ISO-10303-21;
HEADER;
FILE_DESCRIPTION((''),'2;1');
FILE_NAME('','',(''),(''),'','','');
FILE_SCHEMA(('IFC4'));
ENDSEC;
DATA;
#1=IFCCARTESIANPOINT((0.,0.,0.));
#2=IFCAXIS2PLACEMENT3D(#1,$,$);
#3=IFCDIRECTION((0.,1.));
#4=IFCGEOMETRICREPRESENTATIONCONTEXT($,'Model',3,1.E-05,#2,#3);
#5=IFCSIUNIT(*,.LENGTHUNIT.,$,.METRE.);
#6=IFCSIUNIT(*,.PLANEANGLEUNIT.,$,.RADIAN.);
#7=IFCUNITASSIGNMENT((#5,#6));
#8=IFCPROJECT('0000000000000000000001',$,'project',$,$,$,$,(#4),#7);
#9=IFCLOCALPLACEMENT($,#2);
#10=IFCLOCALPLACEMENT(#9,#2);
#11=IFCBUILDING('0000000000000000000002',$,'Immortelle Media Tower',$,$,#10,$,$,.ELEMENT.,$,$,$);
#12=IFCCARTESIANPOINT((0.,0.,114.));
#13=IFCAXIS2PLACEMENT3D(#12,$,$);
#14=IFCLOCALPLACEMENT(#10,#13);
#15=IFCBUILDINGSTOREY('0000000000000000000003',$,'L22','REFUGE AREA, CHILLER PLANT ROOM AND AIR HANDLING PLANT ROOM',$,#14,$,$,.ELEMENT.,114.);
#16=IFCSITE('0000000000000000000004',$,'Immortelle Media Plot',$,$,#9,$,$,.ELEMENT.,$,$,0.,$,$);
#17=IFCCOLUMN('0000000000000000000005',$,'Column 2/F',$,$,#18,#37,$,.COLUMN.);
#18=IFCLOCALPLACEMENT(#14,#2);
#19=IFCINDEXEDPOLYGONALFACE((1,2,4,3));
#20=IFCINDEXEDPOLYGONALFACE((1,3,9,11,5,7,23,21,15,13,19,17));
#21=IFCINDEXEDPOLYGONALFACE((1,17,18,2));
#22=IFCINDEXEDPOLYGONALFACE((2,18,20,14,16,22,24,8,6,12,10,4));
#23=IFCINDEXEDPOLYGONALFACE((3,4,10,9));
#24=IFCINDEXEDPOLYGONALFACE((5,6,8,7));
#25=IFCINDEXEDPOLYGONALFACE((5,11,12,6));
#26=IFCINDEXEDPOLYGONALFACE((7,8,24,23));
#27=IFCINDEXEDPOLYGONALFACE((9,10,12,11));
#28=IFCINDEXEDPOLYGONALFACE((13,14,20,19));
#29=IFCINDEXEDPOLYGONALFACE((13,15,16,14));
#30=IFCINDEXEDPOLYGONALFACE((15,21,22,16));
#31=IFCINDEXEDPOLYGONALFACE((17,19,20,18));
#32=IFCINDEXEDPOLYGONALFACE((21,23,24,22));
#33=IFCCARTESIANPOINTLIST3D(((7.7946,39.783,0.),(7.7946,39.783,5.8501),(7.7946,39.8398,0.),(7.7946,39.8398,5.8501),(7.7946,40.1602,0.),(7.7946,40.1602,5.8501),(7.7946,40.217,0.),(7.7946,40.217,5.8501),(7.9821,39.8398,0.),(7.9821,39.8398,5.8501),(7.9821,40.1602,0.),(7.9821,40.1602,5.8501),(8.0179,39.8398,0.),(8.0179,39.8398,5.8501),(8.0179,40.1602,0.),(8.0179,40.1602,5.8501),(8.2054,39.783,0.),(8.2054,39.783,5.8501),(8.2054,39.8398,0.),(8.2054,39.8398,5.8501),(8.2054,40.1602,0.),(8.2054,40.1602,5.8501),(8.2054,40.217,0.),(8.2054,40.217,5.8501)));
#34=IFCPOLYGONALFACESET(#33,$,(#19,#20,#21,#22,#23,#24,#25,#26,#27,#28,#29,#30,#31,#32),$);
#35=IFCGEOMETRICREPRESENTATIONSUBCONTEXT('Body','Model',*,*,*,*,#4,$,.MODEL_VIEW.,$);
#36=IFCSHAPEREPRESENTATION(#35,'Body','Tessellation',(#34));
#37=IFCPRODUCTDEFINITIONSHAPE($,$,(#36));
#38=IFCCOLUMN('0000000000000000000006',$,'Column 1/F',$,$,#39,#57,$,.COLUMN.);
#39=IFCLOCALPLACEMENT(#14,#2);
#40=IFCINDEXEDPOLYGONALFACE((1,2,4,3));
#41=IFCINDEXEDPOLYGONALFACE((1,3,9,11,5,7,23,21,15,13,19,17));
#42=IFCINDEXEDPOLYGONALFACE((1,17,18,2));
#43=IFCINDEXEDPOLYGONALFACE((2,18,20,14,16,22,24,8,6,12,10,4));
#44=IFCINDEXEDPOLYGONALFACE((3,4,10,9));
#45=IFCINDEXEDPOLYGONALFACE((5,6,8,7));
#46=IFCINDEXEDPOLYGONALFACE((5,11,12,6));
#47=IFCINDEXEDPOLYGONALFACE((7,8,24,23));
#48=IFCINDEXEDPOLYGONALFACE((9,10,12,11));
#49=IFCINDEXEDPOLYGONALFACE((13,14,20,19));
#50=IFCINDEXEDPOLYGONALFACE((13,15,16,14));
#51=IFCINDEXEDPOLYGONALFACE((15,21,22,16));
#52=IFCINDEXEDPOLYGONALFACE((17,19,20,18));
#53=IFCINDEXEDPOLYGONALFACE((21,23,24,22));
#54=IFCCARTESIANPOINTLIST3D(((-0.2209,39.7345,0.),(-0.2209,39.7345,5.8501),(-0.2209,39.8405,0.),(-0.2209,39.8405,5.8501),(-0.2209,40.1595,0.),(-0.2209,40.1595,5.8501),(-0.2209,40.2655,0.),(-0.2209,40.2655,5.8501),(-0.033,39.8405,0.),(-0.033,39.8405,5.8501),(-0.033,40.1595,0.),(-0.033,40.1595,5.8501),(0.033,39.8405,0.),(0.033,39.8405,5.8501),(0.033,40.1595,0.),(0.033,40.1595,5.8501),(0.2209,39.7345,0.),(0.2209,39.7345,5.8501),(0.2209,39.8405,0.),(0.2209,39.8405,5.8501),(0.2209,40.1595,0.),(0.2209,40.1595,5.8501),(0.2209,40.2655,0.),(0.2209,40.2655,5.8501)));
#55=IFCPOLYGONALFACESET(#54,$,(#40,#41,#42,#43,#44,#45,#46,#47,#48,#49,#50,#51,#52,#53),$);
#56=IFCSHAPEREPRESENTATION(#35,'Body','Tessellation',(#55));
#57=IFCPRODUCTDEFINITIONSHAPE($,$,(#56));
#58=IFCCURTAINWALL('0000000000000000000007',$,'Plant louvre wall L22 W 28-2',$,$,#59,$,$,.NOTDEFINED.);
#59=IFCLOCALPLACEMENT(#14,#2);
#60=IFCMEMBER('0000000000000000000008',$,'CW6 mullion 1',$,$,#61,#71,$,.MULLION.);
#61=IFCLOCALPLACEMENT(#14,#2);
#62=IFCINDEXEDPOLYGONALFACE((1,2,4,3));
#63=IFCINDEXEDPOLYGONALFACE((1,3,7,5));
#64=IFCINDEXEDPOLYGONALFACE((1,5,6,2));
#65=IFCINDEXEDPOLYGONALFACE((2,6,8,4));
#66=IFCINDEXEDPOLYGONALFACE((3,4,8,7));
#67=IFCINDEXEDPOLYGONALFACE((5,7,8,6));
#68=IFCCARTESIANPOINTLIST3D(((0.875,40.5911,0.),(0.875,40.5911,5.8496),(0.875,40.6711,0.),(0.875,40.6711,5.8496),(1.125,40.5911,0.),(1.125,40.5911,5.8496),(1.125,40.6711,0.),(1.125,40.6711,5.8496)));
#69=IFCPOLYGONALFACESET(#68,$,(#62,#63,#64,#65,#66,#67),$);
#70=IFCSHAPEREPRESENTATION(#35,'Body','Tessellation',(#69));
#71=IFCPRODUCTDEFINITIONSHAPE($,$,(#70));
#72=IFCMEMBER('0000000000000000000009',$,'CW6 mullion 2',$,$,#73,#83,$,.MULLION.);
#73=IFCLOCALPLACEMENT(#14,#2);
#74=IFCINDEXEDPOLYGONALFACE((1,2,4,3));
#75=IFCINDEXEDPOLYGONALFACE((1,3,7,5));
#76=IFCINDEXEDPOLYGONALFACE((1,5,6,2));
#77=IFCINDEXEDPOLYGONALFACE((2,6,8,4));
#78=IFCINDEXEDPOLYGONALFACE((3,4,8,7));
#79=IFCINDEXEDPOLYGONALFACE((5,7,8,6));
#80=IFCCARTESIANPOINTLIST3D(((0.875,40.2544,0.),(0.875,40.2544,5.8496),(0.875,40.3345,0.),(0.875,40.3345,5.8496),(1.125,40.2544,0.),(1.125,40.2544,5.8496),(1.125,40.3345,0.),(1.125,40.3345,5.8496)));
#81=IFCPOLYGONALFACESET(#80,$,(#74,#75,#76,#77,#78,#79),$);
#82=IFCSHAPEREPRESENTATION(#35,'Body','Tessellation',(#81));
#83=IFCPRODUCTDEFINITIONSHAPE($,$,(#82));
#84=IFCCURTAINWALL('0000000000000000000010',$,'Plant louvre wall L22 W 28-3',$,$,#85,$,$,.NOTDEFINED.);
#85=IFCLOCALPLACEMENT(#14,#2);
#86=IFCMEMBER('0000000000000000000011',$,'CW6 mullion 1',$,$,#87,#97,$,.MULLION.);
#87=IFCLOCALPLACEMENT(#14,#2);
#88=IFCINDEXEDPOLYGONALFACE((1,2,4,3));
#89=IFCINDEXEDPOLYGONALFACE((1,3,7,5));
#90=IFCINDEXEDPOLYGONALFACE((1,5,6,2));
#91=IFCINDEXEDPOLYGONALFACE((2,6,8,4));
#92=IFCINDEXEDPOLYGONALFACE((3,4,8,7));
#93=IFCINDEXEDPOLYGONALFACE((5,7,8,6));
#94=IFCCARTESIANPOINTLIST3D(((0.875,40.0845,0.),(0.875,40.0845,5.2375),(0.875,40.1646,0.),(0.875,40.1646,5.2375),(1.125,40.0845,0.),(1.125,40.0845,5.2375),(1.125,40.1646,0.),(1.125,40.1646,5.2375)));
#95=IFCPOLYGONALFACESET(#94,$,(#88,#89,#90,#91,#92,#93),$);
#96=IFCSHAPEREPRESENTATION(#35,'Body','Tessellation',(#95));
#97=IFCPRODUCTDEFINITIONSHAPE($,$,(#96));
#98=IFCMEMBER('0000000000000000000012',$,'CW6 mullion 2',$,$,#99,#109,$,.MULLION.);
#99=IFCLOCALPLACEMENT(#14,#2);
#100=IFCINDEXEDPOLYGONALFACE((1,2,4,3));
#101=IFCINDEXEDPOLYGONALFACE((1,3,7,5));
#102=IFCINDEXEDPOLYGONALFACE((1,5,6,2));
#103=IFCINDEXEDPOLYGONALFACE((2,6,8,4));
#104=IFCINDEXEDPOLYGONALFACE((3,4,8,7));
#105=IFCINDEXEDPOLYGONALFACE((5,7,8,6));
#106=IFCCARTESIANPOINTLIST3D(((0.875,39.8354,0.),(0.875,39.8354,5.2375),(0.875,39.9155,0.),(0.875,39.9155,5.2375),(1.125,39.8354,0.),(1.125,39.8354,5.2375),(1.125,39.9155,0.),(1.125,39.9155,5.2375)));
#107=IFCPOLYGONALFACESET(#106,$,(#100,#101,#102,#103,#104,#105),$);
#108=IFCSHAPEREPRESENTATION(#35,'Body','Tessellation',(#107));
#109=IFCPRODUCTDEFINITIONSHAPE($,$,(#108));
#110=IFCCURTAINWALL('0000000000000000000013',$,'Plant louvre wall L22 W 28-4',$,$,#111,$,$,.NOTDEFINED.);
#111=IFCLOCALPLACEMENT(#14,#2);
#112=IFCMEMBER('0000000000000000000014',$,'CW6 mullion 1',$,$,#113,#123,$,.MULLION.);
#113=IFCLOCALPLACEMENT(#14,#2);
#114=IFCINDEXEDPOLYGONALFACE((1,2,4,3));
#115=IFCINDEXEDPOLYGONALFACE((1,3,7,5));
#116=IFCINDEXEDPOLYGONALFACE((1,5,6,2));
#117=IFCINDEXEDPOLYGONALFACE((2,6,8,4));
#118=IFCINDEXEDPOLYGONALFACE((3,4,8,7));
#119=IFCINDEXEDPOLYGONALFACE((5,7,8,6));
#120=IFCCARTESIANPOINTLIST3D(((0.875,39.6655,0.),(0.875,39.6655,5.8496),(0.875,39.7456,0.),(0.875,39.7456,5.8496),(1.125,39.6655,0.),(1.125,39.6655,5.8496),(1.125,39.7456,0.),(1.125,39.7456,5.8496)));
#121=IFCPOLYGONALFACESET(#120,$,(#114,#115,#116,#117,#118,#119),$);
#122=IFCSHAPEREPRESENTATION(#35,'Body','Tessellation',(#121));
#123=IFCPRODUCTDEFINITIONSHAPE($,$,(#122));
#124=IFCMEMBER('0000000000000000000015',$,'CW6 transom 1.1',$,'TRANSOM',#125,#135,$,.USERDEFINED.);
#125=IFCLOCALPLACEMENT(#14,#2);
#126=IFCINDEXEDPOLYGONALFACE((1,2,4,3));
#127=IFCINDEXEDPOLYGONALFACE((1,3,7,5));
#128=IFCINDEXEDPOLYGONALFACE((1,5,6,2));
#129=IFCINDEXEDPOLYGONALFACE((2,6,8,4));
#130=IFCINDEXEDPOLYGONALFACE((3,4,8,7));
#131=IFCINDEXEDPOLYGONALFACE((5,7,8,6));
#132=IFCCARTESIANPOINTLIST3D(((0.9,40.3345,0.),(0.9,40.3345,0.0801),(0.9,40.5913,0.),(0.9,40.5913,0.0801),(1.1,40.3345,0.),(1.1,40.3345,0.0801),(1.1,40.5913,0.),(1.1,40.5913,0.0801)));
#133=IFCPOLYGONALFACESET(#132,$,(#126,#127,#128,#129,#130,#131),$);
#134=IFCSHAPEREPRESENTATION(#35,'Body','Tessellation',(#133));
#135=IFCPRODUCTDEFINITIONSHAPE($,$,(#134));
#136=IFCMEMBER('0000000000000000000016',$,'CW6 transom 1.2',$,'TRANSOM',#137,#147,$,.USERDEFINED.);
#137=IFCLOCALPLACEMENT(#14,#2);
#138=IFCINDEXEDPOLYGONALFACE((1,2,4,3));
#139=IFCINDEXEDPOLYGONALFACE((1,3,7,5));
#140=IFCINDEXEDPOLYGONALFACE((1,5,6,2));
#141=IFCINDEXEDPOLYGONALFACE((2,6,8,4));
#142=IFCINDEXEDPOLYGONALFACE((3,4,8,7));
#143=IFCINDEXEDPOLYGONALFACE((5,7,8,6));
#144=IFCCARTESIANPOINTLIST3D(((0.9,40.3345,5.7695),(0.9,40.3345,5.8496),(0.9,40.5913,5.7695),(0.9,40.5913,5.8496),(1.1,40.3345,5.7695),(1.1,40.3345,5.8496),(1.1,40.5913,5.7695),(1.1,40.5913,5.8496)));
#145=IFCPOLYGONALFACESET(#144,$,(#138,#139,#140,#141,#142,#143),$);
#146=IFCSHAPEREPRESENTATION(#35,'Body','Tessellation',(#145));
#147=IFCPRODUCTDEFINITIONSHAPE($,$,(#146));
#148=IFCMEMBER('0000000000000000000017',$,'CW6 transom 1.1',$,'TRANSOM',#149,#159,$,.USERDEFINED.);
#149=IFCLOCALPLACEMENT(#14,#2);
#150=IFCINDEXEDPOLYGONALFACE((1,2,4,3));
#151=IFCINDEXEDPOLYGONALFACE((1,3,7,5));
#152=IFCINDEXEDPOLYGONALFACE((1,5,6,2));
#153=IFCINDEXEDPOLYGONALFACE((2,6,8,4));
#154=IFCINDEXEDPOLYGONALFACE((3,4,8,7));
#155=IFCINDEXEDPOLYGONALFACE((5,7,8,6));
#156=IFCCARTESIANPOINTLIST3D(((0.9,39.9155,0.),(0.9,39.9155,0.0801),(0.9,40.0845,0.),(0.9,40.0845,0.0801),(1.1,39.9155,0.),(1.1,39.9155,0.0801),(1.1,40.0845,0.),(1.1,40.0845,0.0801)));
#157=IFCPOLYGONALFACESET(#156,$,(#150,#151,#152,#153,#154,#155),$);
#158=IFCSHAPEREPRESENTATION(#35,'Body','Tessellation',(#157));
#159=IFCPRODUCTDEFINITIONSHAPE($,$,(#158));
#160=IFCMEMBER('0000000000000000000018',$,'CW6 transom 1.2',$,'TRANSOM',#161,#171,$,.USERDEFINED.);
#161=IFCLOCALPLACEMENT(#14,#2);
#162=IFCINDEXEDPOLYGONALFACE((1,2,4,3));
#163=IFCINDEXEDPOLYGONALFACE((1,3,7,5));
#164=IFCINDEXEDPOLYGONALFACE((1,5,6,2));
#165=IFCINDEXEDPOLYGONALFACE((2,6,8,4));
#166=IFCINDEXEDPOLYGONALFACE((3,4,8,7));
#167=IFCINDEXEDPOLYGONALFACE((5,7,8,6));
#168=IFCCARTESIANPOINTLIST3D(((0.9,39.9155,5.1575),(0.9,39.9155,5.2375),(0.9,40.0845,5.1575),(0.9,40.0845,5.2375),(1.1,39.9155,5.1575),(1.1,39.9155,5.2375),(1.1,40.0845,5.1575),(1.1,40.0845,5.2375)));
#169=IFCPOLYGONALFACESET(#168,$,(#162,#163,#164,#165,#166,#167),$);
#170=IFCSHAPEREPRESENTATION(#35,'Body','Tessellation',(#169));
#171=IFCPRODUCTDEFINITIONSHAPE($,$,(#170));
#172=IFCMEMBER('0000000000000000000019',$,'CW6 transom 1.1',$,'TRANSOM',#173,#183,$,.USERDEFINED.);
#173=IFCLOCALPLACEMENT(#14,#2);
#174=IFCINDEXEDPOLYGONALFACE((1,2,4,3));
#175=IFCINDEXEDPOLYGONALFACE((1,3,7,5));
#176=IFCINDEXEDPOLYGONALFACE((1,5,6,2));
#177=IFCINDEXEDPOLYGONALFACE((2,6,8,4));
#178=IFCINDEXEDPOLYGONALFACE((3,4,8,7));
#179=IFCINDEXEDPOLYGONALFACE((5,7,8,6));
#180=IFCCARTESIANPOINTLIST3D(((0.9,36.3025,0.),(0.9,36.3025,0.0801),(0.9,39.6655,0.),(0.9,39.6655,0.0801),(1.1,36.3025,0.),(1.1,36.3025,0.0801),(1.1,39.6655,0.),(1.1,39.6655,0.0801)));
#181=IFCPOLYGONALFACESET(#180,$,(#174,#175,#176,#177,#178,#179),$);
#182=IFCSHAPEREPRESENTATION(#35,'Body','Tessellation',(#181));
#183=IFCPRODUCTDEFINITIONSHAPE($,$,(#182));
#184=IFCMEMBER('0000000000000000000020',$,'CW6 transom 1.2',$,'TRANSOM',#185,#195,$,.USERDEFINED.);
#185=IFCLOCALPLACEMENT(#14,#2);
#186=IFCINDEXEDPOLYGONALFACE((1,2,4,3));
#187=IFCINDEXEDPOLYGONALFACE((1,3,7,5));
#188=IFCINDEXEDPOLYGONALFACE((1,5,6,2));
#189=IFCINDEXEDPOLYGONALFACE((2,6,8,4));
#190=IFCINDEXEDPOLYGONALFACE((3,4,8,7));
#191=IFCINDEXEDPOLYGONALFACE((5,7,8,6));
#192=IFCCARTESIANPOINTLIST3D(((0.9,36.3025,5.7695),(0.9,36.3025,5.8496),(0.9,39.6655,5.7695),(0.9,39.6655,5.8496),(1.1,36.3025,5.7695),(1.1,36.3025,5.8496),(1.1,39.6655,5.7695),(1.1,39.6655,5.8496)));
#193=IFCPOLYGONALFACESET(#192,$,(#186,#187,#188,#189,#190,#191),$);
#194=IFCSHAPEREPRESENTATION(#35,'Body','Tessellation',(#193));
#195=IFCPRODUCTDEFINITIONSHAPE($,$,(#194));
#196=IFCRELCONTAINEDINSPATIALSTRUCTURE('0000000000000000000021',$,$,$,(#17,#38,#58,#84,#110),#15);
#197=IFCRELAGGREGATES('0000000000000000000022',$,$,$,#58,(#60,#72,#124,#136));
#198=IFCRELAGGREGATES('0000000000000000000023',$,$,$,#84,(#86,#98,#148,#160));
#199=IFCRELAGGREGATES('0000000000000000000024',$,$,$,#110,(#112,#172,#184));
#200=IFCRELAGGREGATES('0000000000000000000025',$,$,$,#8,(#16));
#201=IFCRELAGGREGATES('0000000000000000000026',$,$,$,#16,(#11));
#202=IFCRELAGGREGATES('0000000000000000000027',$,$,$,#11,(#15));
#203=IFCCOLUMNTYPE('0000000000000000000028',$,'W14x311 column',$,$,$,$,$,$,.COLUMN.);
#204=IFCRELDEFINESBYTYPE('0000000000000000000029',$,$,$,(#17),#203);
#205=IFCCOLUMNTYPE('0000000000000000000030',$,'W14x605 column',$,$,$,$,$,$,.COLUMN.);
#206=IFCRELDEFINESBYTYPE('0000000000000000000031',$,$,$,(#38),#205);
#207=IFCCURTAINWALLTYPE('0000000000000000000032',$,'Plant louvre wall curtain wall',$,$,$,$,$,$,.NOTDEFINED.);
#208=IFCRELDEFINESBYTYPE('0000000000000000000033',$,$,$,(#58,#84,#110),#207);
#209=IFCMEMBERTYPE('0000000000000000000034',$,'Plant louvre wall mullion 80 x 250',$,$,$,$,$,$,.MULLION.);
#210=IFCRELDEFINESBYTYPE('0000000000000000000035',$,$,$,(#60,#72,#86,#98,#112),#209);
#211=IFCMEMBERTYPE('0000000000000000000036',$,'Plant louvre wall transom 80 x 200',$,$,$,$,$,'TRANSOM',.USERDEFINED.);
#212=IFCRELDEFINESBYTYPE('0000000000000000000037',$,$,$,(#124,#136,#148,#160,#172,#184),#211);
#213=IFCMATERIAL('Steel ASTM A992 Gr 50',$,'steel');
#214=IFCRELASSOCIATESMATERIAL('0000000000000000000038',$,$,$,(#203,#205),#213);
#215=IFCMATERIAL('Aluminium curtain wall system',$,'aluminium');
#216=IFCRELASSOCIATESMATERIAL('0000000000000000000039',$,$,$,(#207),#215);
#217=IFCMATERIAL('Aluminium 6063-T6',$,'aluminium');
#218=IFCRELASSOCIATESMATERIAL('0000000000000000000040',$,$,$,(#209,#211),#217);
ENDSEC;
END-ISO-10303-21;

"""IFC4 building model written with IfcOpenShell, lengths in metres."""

from ifc_helpers import new_model, si_unit, direction, frame, origin, origin_2d, place, context, subcontext, project, spatial, rectangle, i_section, extrude, material, material_profile, profile_set, type_object, element, aggregate, save


model = new_model("IFC4")

# Units and contexts
model_context = context("Model", 3, precision=1e-05, world=origin(), true_north=direction((0.0, 1.0)))
body_context = subcontext(model_context, "Body", "Model", "MODEL_VIEW")
ifc_project = project(units=[si_unit("LENGTHUNIT", "METRE"), si_unit("PLANEANGLEUNIT", "RADIAN")], contexts=[model_context])

# Site, building, storey
site_placement = place(None, origin())
site = spatial("IfcSite", under=ifc_project, at=site_placement, Name="Immortelle Media Plot", CompositionType="ELEMENT", RefElevation=0.0)
building_placement = place(site_placement, origin())
building = spatial("IfcBuilding", under=site, at=building_placement, Name="Immortelle Media Tower", CompositionType="ELEMENT")
storey_placement = place(building_placement, frame((0.0, 0.0, 114.0)))
storey = spatial("IfcBuildingStorey", under=building, at=storey_placement, Name="L22", Description="REFUGE AREA, CHILLER PLANT ROOM AND AIR HANDLING PLANT ROOM", CompositionType="ELEMENT", Elevation=114.0)

# Columns
ifc_material_1 = material(Name="Steel ASTM A992 Gr 50", Category="steel")
ifc_material_profile_1 = material_profile(ifc_material_1, i_section(OverallWidth=0.4109, OverallDepth=0.4341, WebThickness=0.0359, FlangeThickness=0.0569, at=origin_2d()), Name="W14x311")
ifc_profile_set_1 = profile_set([ifc_material_profile_1], Name="Steel ASTM A992 Gr 50")
column_type_1 = type_object("IfcColumnType", Name="W14x311 column", PredefinedType="COLUMN", material=ifc_profile_set_1)
column_1_placement = place(storey_placement, frame((8.0, 40.0, 0.0), z_axis=(0.0, 0.0, 1.0), x_axis=(1.0, 0.0, 0.0)))
element("IfcColumn", 1, at=column_1_placement, inside=storey, type_object=column_type_1, Name="Column 2/F", PredefinedType="COLUMN", context=body_context, shape_type="SweptSolid", body=[
    extrude(i_section(OverallWidth=0.4109, OverallDepth=0.4341, WebThickness=0.0359, FlangeThickness=0.0569, at=origin_2d()), origin(), (0.0, 0.0, 1.0), 5.8501),
])
ifc_material_profile_2 = material_profile(ifc_material_1, i_section(OverallWidth=0.4419, OverallDepth=0.531, WebThickness=0.0659, FlangeThickness=0.106, at=origin_2d()), Name="W14x605")
ifc_profile_set_2 = profile_set([ifc_material_profile_2], Name="Steel ASTM A992 Gr 50")
column_type_2 = type_object("IfcColumnType", Name="W14x605 column", PredefinedType="COLUMN", material=ifc_profile_set_2)
column_2_placement = place(storey_placement, frame((0.0, 40.0, 0.0), z_axis=(0.0, 0.0, 1.0), x_axis=(1.0, 0.0, 0.0)))
element("IfcColumn", 2, at=column_2_placement, inside=storey, type_object=column_type_2, Name="Column 1/F", PredefinedType="COLUMN", context=body_context, shape_type="SweptSolid", body=[
    extrude(i_section(OverallWidth=0.4419, OverallDepth=0.531, WebThickness=0.0659, FlangeThickness=0.106, at=origin_2d()), origin(), (0.0, 0.0, 1.0), 5.8501),
])

# Curtain walls, members
ifc_material_2 = material(Name="Aluminium curtain wall system", Category="aluminium")
curtain_wall_type = type_object("IfcCurtainWallType", Name="Plant louvre wall curtain wall", PredefinedType="NOTDEFINED", material=ifc_material_2)
curtain_wall_1_placement = place(storey_placement, origin())
curtain_wall_1 = element("IfcCurtainWall", 3, at=curtain_wall_1_placement, inside=storey, type_object=curtain_wall_type, Name="Plant louvre wall L22 W 28-2", PredefinedType="NOTDEFINED")
ifc_material_3 = material(Name="Aluminium 6063-T6", Category="aluminium")
ifc_material_profile_3 = material_profile(ifc_material_3, rectangle(XDim=0.25, YDim=0.0801, at=origin_2d()), Name="AL 80x250")
ifc_profile_set_3 = profile_set([ifc_material_profile_3], Name="Aluminium 6063-T6")
member_type_1 = type_object("IfcMemberType", Name="Plant louvre wall mullion 80 x 250", PredefinedType="MULLION", material=ifc_profile_set_3)
member_1_placement = place(storey_placement, frame((1.0, 40.6311, 0.0), z_axis=(0.0, 0.0, 1.0), x_axis=(1.0, 0.0, 0.0)))
member_1 = element("IfcMember", 4, at=member_1_placement, type_object=member_type_1, Name="CW6 mullion 1", PredefinedType="MULLION", context=body_context, shape_type="SweptSolid", body=[
    extrude(rectangle(XDim=0.25, YDim=0.0801, at=origin_2d()), origin(), (0.0, 0.0, 1.0), 5.8496),
])
member_2_placement = place(storey_placement, frame((1.0, 40.2944, 0.0), z_axis=(0.0, 0.0, 1.0), x_axis=(1.0, 0.0, 0.0)))
member_2 = element("IfcMember", 5, at=member_2_placement, type_object=member_type_1, Name="CW6 mullion 2", PredefinedType="MULLION", context=body_context, shape_type="SweptSolid", body=[
    extrude(rectangle(XDim=0.25, YDim=0.0801, at=origin_2d()), origin(), (0.0, 0.0, 1.0), 5.8496),
])
curtain_wall_2_placement = place(storey_placement, origin())
curtain_wall_2 = element("IfcCurtainWall", 6, at=curtain_wall_2_placement, inside=storey, type_object=curtain_wall_type, Name="Plant louvre wall L22 W 28-3", PredefinedType="NOTDEFINED")
member_3_placement = place(storey_placement, frame((1.0, 40.1245, 0.0), z_axis=(0.0, 0.0, 1.0), x_axis=(1.0, 0.0, 0.0)))
member_3 = element("IfcMember", 7, at=member_3_placement, type_object=member_type_1, Name="CW6 mullion 1", PredefinedType="MULLION", context=body_context, shape_type="SweptSolid", body=[
    extrude(rectangle(XDim=0.25, YDim=0.0801, at=origin_2d()), origin(), (0.0, 0.0, 1.0), 5.2375),
])
member_4_placement = place(storey_placement, frame((1.0, 39.8755, 0.0), z_axis=(0.0, 0.0, 1.0), x_axis=(1.0, 0.0, 0.0)))
member_4 = element("IfcMember", 8, at=member_4_placement, type_object=member_type_1, Name="CW6 mullion 2", PredefinedType="MULLION", context=body_context, shape_type="SweptSolid", body=[
    extrude(rectangle(XDim=0.25, YDim=0.0801, at=origin_2d()), origin(), (0.0, 0.0, 1.0), 5.2375),
])

# Curtain wall, member
curtain_wall_3_placement = place(storey_placement, origin())
curtain_wall_3 = element("IfcCurtainWall", 9, at=curtain_wall_3_placement, inside=storey, type_object=curtain_wall_type, Name="Plant louvre wall L22 W 28-4", PredefinedType="NOTDEFINED")
member_5_placement = place(storey_placement, frame((1.0, 39.7056, 0.0), z_axis=(0.0, 0.0, 1.0), x_axis=(1.0, 0.0, 0.0)))
member_5 = element("IfcMember", 10, at=member_5_placement, type_object=member_type_1, Name="CW6 mullion 1", PredefinedType="MULLION", context=body_context, shape_type="SweptSolid", body=[
    extrude(rectangle(XDim=0.25, YDim=0.0801, at=origin_2d()), origin(), (0.0, 0.0, 1.0), 5.8496),
])

# Members
ifc_material_profile_4 = material_profile(ifc_material_3, rectangle(XDim=0.2, YDim=0.0801, at=origin_2d()), Name="AL 80x200")
ifc_profile_set_4 = profile_set([ifc_material_profile_4], Name="Aluminium 6063-T6")
member_type_2 = type_object("IfcMemberType", Name="Plant louvre wall transom 80 x 200", ElementType="TRANSOM", PredefinedType="USERDEFINED", material=ifc_profile_set_4)
member_6_placement = place(storey_placement, frame((1.0, 40.5913, 0.04), z_axis=(0.0, -1.0, 0.0), x_axis=(1.0, 0.0, 0.0)))
member_6 = element("IfcMember", 11, at=member_6_placement, type_object=member_type_2, Name="CW6 transom 1.1", ObjectType="TRANSOM", PredefinedType="USERDEFINED", context=body_context, shape_type="SweptSolid", body=[
    extrude(rectangle(XDim=0.2, YDim=0.0801, at=origin_2d()), origin(), (0.0, 0.0, 1.0), 0.2568),
])
member_7_placement = place(storey_placement, frame((1.0, 40.5913, 5.8096), z_axis=(0.0, -1.0, 0.0), x_axis=(1.0, 0.0, 0.0)))
member_7 = element("IfcMember", 12, at=member_7_placement, type_object=member_type_2, Name="CW6 transom 1.2", ObjectType="TRANSOM", PredefinedType="USERDEFINED", context=body_context, shape_type="SweptSolid", body=[
    extrude(rectangle(XDim=0.2, YDim=0.0801, at=origin_2d()), origin(), (0.0, 0.0, 1.0), 0.2568),
])
member_8_placement = place(storey_placement, frame((1.0, 40.0845, 0.04), z_axis=(0.0, -1.0, 0.0), x_axis=(1.0, 0.0, 0.0)))
member_8 = element("IfcMember", 13, at=member_8_placement, type_object=member_type_2, Name="CW6 transom 1.1", ObjectType="TRANSOM", PredefinedType="USERDEFINED", context=body_context, shape_type="SweptSolid", body=[
    extrude(rectangle(XDim=0.2, YDim=0.0801, at=origin_2d()), origin(), (0.0, 0.0, 1.0), 0.1689),
])
member_9_placement = place(storey_placement, frame((1.0, 40.0845, 5.1975), z_axis=(0.0, -1.0, 0.0), x_axis=(1.0, 0.0, 0.0)))
member_9 = element("IfcMember", 14, at=member_9_placement, type_object=member_type_2, Name="CW6 transom 1.2", ObjectType="TRANSOM", PredefinedType="USERDEFINED", context=body_context, shape_type="SweptSolid", body=[
    extrude(rectangle(XDim=0.2, YDim=0.0801, at=origin_2d()), origin(), (0.0, 0.0, 1.0), 0.1689),
])
member_10_placement = place(storey_placement, frame((1.0, 39.6655, 0.04), z_axis=(0.0, -1.0, 0.0), x_axis=(1.0, 0.0, 0.0)))
member_10 = element("IfcMember", 15, at=member_10_placement, type_object=member_type_2, Name="CW6 transom 1.1", ObjectType="TRANSOM", PredefinedType="USERDEFINED", context=body_context, shape_type="SweptSolid", body=[
    extrude(rectangle(XDim=0.2, YDim=0.0801, at=origin_2d()), origin(), (0.0, 0.0, 1.0), 3.363),
])
member_11_placement = place(storey_placement, frame((1.0, 39.6655, 5.8096), z_axis=(0.0, -1.0, 0.0), x_axis=(1.0, 0.0, 0.0)))
member_11 = element("IfcMember", 16, at=member_11_placement, type_object=member_type_2, Name="CW6 transom 1.2", ObjectType="TRANSOM", PredefinedType="USERDEFINED", context=body_context, shape_type="SweptSolid", body=[
    extrude(rectangle(XDim=0.2, YDim=0.0801, at=origin_2d()), origin(), (0.0, 0.0, 1.0), 3.363),
])

aggregate(curtain_wall_1, [member_1, member_2, member_6, member_7])
aggregate(curtain_wall_2, [member_3, member_4, member_8, member_9])
aggregate(curtain_wall_3, [member_5, member_10, member_11])

save(model, "model.ifc")
